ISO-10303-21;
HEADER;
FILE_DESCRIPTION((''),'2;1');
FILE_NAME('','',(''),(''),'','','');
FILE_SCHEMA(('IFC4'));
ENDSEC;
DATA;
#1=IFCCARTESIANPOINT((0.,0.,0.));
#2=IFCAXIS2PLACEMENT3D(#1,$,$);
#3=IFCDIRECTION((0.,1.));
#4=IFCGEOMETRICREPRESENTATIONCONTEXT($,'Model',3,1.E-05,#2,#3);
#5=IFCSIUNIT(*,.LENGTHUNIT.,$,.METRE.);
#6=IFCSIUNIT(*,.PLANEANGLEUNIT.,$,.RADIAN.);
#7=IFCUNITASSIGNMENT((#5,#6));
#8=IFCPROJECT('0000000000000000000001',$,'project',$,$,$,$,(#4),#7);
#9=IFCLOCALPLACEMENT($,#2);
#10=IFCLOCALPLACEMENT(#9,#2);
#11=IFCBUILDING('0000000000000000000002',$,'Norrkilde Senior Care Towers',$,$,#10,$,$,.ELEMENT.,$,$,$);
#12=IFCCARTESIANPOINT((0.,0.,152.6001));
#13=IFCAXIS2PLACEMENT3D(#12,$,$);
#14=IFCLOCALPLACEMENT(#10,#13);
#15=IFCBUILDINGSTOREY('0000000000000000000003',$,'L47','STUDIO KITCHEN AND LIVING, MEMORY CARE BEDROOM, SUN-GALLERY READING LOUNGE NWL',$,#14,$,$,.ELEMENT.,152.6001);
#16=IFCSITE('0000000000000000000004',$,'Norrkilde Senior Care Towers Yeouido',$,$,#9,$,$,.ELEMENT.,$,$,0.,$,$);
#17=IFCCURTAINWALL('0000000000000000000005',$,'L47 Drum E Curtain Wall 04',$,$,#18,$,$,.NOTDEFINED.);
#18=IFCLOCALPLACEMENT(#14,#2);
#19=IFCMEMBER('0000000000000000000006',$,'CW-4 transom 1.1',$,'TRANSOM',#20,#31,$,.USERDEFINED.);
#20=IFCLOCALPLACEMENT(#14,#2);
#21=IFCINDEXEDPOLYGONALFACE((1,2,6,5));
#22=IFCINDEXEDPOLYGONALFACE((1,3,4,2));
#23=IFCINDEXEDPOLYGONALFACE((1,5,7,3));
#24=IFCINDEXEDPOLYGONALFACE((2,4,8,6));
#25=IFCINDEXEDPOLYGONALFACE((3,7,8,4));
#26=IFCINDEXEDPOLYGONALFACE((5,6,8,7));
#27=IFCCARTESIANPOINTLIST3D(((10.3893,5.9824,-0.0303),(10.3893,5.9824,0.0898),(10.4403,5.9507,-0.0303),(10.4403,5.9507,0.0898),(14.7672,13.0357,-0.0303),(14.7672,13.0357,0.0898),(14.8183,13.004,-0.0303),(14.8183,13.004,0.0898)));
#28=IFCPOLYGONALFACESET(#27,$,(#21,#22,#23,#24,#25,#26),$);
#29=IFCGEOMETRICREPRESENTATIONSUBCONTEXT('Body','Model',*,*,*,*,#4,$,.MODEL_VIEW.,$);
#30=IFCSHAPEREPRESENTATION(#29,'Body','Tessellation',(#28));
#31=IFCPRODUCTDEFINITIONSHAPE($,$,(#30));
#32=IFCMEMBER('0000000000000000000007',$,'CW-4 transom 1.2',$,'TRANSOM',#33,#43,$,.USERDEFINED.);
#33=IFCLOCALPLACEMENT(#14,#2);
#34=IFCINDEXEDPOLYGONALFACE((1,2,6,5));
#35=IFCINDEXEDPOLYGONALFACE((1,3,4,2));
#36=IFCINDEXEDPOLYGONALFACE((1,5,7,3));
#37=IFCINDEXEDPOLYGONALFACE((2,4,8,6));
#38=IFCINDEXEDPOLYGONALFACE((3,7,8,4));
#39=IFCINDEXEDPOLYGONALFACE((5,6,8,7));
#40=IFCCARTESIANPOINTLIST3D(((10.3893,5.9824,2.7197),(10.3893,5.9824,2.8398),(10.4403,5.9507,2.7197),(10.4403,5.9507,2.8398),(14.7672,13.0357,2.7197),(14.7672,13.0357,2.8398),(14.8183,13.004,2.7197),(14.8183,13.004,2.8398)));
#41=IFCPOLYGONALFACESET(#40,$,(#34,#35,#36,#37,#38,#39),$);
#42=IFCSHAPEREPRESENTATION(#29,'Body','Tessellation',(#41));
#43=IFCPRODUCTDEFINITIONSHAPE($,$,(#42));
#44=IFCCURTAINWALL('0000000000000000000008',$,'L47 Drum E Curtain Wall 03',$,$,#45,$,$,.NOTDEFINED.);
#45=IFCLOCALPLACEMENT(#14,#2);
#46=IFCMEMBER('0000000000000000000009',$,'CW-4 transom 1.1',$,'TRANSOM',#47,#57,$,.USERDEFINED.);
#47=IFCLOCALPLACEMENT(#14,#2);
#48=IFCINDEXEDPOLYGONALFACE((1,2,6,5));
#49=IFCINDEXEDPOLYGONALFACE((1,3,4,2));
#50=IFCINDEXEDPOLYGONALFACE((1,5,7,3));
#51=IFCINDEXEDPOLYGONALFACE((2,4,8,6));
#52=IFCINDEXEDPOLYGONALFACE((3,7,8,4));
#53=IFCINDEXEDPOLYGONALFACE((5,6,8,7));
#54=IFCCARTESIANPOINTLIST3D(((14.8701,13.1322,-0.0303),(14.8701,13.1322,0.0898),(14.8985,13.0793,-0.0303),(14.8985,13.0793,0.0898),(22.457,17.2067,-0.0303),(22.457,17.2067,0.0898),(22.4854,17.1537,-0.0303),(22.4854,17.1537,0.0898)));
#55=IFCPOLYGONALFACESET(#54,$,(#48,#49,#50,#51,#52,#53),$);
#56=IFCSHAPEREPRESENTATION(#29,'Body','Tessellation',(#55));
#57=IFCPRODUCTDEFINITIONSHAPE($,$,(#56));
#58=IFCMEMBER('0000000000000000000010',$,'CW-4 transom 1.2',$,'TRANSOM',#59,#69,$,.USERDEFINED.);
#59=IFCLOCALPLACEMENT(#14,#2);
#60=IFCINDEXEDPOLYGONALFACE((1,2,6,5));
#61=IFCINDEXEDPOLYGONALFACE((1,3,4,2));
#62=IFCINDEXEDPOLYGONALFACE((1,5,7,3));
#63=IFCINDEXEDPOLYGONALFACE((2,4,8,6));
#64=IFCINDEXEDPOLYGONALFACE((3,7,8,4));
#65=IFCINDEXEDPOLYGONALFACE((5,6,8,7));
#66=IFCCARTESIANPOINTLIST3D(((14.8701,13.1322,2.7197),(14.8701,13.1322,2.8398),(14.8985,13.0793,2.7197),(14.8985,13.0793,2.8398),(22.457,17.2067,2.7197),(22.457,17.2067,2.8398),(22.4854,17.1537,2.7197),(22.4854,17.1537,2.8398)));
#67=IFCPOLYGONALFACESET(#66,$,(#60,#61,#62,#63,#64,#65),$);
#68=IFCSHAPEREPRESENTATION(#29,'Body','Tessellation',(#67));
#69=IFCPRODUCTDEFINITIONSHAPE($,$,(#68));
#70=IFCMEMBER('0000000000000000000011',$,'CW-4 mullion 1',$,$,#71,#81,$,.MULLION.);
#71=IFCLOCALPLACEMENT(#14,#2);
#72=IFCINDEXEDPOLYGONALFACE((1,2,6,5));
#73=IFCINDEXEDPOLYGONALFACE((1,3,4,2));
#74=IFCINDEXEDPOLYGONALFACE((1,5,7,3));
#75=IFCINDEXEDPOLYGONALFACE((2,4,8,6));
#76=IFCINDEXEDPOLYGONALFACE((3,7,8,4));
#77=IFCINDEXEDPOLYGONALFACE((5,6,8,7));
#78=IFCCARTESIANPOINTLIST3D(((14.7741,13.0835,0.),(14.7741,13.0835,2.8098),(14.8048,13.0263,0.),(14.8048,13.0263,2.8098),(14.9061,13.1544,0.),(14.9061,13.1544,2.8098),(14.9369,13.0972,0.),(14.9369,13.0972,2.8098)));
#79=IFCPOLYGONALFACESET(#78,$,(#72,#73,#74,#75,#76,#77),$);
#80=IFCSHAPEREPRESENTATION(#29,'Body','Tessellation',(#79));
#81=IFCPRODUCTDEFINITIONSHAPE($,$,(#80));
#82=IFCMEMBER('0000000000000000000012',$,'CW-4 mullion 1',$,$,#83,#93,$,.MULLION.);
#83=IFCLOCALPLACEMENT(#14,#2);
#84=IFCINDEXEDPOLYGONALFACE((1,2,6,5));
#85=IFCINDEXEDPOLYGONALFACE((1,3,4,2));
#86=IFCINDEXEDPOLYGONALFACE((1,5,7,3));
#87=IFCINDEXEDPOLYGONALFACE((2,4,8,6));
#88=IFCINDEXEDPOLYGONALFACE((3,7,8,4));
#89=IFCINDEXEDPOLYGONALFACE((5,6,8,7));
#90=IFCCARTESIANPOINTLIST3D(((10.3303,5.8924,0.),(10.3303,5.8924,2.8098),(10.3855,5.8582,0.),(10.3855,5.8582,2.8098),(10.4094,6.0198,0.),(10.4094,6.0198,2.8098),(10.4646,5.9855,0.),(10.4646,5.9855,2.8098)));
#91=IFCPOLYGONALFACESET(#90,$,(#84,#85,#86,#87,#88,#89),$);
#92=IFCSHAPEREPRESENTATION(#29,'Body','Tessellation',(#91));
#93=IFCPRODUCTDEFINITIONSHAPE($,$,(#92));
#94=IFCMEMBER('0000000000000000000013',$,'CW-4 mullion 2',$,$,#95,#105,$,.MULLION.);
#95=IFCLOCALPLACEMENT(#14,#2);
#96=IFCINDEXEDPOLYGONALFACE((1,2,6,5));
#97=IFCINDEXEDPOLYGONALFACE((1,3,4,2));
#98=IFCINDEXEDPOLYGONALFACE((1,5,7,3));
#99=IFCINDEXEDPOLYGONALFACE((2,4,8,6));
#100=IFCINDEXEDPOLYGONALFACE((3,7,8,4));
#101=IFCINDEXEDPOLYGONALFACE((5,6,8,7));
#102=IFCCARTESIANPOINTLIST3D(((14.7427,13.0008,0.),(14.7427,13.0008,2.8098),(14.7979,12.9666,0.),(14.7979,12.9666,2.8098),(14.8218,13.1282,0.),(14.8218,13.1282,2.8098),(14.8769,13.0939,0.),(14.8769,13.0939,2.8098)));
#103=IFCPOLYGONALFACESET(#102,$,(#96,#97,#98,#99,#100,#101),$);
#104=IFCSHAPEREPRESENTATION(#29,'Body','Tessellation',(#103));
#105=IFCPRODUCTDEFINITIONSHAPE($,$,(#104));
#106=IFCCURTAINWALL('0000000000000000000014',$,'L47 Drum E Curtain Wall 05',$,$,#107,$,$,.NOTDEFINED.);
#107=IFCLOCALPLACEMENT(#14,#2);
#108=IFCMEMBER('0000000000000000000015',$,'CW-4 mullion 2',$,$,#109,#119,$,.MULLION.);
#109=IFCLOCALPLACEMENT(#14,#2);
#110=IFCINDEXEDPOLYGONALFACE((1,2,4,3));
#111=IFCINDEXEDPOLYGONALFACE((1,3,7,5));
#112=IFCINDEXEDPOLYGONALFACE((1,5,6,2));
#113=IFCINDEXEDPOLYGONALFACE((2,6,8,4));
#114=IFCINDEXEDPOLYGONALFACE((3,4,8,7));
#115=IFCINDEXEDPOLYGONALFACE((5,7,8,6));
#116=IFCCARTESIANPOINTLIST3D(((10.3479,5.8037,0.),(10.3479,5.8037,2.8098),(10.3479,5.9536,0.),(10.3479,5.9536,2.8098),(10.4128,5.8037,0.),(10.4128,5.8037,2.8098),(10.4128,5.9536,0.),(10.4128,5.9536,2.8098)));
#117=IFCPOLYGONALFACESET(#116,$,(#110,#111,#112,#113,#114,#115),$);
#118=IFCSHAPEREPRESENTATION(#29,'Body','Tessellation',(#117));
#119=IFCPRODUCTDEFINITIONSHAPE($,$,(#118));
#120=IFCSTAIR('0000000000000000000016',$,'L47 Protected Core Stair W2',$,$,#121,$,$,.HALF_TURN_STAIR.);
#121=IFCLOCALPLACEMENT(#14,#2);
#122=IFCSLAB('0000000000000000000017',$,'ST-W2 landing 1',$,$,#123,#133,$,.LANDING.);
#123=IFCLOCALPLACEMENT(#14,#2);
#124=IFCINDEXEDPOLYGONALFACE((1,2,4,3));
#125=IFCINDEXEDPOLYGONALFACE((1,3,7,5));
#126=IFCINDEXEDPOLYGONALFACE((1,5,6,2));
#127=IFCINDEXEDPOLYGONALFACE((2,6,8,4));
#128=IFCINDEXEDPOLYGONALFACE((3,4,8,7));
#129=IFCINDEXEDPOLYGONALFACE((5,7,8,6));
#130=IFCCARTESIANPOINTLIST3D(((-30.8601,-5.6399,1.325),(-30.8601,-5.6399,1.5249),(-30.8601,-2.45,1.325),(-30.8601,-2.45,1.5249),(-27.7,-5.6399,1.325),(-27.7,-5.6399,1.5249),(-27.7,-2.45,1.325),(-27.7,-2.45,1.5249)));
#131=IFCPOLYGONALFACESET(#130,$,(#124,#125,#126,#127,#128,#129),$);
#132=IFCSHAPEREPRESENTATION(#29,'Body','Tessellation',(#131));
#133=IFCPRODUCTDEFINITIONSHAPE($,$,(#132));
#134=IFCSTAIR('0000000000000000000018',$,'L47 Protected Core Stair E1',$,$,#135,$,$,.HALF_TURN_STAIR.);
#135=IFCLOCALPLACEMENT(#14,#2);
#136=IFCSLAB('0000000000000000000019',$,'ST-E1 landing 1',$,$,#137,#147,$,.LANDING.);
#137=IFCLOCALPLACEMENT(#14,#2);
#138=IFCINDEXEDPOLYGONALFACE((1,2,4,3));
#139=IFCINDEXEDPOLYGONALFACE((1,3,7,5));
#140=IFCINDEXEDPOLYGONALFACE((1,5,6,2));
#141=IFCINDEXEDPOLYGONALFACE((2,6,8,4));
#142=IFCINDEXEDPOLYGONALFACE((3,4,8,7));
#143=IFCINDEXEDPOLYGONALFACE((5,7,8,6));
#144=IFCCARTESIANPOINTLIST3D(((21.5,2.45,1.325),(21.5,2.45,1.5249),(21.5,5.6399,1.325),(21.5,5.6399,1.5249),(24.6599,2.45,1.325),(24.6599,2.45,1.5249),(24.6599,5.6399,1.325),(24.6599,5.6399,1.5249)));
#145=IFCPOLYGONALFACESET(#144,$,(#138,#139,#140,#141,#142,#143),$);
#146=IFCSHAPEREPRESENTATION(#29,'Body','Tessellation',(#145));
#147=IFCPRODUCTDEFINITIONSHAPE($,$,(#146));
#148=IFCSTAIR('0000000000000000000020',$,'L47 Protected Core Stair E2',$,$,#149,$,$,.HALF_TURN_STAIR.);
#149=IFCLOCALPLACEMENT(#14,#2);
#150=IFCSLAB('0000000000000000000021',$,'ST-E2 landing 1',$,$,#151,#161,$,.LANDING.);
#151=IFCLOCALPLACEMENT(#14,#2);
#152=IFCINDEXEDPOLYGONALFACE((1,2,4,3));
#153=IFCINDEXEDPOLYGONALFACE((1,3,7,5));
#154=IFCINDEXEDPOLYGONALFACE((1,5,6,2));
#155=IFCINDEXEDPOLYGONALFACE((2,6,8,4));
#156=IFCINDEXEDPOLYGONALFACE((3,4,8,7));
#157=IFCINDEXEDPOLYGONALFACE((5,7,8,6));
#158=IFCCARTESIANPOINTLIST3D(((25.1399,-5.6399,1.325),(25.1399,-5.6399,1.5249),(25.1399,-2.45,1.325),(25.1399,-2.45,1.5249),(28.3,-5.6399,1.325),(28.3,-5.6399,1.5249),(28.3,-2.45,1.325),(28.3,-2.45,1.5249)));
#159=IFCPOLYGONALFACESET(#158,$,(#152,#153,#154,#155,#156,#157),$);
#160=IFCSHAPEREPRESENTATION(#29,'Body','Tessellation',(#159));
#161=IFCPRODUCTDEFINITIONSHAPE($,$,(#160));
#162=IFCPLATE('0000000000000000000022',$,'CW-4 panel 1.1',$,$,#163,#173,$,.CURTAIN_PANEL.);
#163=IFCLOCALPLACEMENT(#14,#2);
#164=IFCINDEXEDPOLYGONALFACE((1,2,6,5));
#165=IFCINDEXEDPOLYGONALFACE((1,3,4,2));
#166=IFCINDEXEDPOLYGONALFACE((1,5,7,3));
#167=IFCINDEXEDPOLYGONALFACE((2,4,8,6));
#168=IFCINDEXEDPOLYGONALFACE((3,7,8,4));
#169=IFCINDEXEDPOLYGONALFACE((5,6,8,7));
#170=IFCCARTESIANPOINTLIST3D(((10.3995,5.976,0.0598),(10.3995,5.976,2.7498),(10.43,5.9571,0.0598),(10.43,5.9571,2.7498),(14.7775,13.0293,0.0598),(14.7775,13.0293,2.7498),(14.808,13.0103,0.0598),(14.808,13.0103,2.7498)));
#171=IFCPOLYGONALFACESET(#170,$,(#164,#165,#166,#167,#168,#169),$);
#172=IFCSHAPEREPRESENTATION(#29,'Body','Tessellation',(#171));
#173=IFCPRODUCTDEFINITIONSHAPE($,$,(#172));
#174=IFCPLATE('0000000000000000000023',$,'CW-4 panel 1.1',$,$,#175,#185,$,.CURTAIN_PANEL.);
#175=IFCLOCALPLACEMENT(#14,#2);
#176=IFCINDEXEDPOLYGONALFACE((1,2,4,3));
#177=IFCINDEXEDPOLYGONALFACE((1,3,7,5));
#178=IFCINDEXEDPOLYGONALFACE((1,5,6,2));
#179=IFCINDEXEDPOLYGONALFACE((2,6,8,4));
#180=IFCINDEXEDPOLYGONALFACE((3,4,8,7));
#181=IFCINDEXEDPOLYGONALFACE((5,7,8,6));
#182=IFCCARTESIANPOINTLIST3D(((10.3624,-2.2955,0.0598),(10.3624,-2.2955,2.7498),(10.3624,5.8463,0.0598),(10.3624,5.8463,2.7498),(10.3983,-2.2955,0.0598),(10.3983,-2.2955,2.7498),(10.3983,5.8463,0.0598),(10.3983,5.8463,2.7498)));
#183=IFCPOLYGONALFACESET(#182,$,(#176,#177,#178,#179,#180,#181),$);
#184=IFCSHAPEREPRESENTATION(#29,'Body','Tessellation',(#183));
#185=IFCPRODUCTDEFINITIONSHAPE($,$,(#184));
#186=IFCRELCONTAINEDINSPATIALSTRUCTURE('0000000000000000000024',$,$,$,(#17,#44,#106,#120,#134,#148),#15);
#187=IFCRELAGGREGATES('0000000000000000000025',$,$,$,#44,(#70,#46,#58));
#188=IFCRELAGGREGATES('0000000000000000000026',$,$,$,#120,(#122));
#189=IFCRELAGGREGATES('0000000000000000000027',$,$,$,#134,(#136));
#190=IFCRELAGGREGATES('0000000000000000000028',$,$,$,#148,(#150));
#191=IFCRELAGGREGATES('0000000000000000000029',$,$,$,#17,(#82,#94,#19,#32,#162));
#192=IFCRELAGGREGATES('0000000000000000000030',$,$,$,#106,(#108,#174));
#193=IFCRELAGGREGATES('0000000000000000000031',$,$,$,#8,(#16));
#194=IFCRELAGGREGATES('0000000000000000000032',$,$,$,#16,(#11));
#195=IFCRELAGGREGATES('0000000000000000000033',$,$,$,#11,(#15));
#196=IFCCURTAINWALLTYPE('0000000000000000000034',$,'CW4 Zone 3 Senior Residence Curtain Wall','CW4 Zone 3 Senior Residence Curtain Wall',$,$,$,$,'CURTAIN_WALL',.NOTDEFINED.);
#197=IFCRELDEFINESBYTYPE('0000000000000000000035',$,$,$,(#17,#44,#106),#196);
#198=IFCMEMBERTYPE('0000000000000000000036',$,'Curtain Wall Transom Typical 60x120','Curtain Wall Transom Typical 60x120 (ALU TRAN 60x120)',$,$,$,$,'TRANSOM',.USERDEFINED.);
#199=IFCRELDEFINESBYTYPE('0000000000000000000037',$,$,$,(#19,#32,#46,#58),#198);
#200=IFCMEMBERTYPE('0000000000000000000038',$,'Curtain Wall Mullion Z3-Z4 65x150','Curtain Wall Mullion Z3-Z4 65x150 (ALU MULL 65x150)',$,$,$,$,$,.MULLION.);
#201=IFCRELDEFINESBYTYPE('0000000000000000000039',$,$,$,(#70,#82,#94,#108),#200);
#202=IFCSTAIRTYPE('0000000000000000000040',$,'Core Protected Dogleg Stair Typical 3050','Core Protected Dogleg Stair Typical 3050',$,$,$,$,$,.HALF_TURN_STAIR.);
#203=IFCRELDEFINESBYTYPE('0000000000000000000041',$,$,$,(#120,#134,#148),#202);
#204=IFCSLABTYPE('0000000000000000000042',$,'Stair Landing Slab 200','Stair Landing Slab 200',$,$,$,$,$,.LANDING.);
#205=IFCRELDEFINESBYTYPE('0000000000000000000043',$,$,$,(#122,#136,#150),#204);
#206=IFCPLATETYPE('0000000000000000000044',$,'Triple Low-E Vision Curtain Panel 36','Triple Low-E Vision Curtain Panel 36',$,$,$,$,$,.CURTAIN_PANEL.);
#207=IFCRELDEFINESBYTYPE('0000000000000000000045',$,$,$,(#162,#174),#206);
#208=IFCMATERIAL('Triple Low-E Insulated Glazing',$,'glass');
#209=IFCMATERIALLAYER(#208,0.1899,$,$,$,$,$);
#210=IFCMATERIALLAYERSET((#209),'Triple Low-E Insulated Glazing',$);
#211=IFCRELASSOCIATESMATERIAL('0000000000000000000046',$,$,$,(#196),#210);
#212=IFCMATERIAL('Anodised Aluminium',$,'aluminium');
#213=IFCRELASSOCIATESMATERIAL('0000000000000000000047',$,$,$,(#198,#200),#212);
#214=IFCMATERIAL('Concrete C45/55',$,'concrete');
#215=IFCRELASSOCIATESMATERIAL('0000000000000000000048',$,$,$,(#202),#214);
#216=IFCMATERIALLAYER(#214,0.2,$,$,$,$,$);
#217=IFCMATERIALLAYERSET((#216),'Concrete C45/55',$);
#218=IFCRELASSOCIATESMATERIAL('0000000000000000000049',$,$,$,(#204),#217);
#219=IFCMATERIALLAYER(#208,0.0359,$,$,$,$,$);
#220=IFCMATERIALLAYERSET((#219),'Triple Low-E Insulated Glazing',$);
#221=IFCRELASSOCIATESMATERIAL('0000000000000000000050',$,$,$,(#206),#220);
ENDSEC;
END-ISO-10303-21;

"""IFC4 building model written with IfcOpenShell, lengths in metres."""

from ifc_helpers import new_model, si_unit, direction, frame, origin, origin_2d, place, context, subcontext, project, spatial, polyline, rectangle, outline, extrude, source, transform, mapped, material, layer, layer_set, material_profile, profile_set, type_object, type_shapes, element, aggregate, save


model = new_model("IFC4")

# Units and contexts
model_context = context("Model", 3, precision=1e-05, world=origin(), true_north=direction((0.0, 1.0)))
body_context = subcontext(model_context, "Body", "Model", "MODEL_VIEW")
ifc_project = project(units=[si_unit("LENGTHUNIT", "METRE"), si_unit("PLANEANGLEUNIT", "RADIAN")], contexts=[model_context])

# Site, building, storey
site_placement = place(None, origin())
site = spatial("IfcSite", under=ifc_project, at=site_placement, Name="Norrkilde Senior Care Towers Yeouido", CompositionType="ELEMENT", RefElevation=0.0)
building_placement = place(site_placement, origin())
building = spatial("IfcBuilding", under=site, at=building_placement, Name="Norrkilde Senior Care Towers", CompositionType="ELEMENT")
storey_placement = place(building_placement, frame((0.0, 0.0, 152.6001)))
storey = spatial("IfcBuildingStorey", under=building, at=storey_placement, Name="L47", Description="STUDIO KITCHEN AND LIVING, MEMORY CARE BEDROOM, SUN-GALLERY READING LOUNGE NWL", CompositionType="ELEMENT", Elevation=152.6001)

# Curtain walls, members
ifc_material_1 = material(Name="Triple Low-E Insulated Glazing", Category="glass")
ifc_layer_1 = layer(ifc_material_1, 0.1899)
ifc_layer_set_1 = layer_set([ifc_layer_1], Name="Triple Low-E Insulated Glazing")
curtain_wall_type = type_object("IfcCurtainWallType", Name="CW4 Zone 3 Senior Residence Curtain Wall", Description="CW4 Zone 3 Senior Residence Curtain Wall", ElementType="CURTAIN_WALL", PredefinedType="NOTDEFINED", material=ifc_layer_set_1)
curtain_wall_1_placement = place(storey_placement, origin())
curtain_wall_1 = element("IfcCurtainWall", 1, at=curtain_wall_1_placement, inside=storey, type_object=curtain_wall_type, Name="L47 Drum E Curtain Wall 04", PredefinedType="NOTDEFINED")
ifc_material_2 = material(Name="Anodised Aluminium", Category="aluminium")
ifc_material_profile_1 = material_profile(ifc_material_2, rectangle(XDim=0.0601, YDim=0.1201, at=origin_2d()), Name="ALU TRAN 60x120")
ifc_profile_set_1 = profile_set([ifc_material_profile_1], Name="Anodised Aluminium")
member_type_1 = type_object("IfcMemberType", Name="Curtain Wall Transom Typical 60x120", Description="Curtain Wall Transom Typical 60x120 (ALU TRAN 60x120)", ElementType="TRANSOM", PredefinedType="USERDEFINED", material=ifc_profile_set_1)
shared_shape_1 = source(origin(), body_context, "Body", "SweptSolid", [
    extrude(rectangle(XDim=0.0601, YDim=0.1201, at=origin_2d()), origin(), (0.0, 0.0, 1.0), 8.3015),
])
member_1_placement = place(storey_placement, frame((10.4148, 5.9666, 0.0298), z_axis=(0.527369, 0.849637, 0.0), x_axis=(-0.849637, 0.527369, 0.0)))
member_1 = element("IfcMember", 2, at=member_1_placement, type_object=member_type_1, Name="CW-4 transom 1.1", ObjectType="TRANSOM", PredefinedType="USERDEFINED", context=body_context, shape_type="MappedRepresentation", body=[
    mapped(shared_shape_1, transform((0.0, 0.0, 0.0), x_axis=(1.0, 0.0, 0.0), y_axis=(0.0, 1.0, 0.0), z_axis=(0.0, 0.0, 1.0), scale=1.0)),
])
member_2_placement = place(storey_placement, frame((10.4148, 5.9666, 2.7798), z_axis=(0.527369, 0.849637, 0.0), x_axis=(-0.849637, 0.527369, 0.0)))
member_2 = element("IfcMember", 3, at=member_2_placement, type_object=member_type_1, Name="CW-4 transom 1.2", ObjectType="TRANSOM", PredefinedType="USERDEFINED", context=body_context, shape_type="MappedRepresentation", body=[
    mapped(shared_shape_1, transform((0.0, 0.0, 0.0), x_axis=(1.0, 0.0, 0.0), y_axis=(0.0, 1.0, 0.0), z_axis=(0.0, 0.0, 1.0), scale=1.0)),
])
curtain_wall_2_placement = place(storey_placement, origin())
curtain_wall_2 = element("IfcCurtainWall", 4, at=curtain_wall_2_placement, inside=storey, type_object=curtain_wall_type, Name="L47 Drum E Curtain Wall 03", PredefinedType="NOTDEFINED")
shared_shape_2 = source(origin(), body_context, "Body", "SweptSolid", [
    extrude(rectangle(XDim=0.0601, YDim=0.1201, at=origin_2d()), origin(), (0.0, 0.0, 1.0), 8.6118),
])
type_shapes(member_type_1, [shared_shape_1, shared_shape_2])
member_3_placement = place(storey_placement, frame((14.8843, 13.1057, 0.0298), z_axis=(0.880994, 0.473127, 0.0), x_axis=(-0.473127, 0.880994, 0.0)))
member_3 = element("IfcMember", 5, at=member_3_placement, type_object=member_type_1, Name="CW-4 transom 1.1", ObjectType="TRANSOM", PredefinedType="USERDEFINED", context=body_context, shape_type="MappedRepresentation", body=[
    mapped(shared_shape_2, transform((0.0, 0.0, 0.0), x_axis=(1.0, 0.0, 0.0), y_axis=(0.0, 1.0, 0.0), z_axis=(0.0, 0.0, 1.0), scale=1.0)),
])
member_4_placement = place(storey_placement, frame((14.8843, 13.1057, 2.7798), z_axis=(0.880994, 0.473127, 0.0), x_axis=(-0.473127, 0.880994, 0.0)))
member_4 = element("IfcMember", 6, at=member_4_placement, type_object=member_type_1, Name="CW-4 transom 1.2", ObjectType="TRANSOM", PredefinedType="USERDEFINED", context=body_context, shape_type="MappedRepresentation", body=[
    mapped(shared_shape_2, transform((0.0, 0.0, 0.0), x_axis=(1.0, 0.0, 0.0), y_axis=(0.0, 1.0, 0.0), z_axis=(0.0, 0.0, 1.0), scale=1.0)),
])
ifc_material_profile_2 = material_profile(ifc_material_2, rectangle(XDim=0.0649, YDim=0.1499, at=origin_2d()), Name="ALU MULL 65x150")
ifc_profile_set_2 = profile_set([ifc_material_profile_2], Name="Anodised Aluminium")
member_type_2 = type_object("IfcMemberType", Name="Curtain Wall Mullion Z3-Z4 65x150", Description="Curtain Wall Mullion Z3-Z4 65x150 (ALU MULL 65x150)", PredefinedType="MULLION", material=ifc_profile_set_2)
shared_shape_3 = source(origin(), body_context, "Body", "SweptSolid", [
    extrude(rectangle(XDim=0.0649, YDim=0.1499, at=origin_2d()), origin(), (0.0, 0.0, 1.0), 2.8098),
])
type_shapes(member_type_2, [shared_shape_3])
member_5_placement = place(storey_placement, frame((14.8555, 13.0903, 0.0), z_axis=(0.0, 0.0, 1.0), x_axis=(-0.473117, 0.881, 0.0)))
member_5 = element("IfcMember", 7, at=member_5_placement, type_object=member_type_2, Name="CW-4 mullion 1", PredefinedType="MULLION", context=body_context, shape_type="MappedRepresentation", body=[
    mapped(shared_shape_3, transform((0.0, 0.0, 0.0), x_axis=(1.0, 0.0, 0.0), y_axis=(0.0, 1.0, 0.0), z_axis=(0.0, 0.0, 1.0), scale=1.0)),
])
aggregate(curtain_wall_2, [member_5, member_3, member_4])

# Members
member_6_placement = place(storey_placement, frame((10.3975, 5.939, 0.0), z_axis=(0.0, 0.0, 1.0), x_axis=(-0.849634, 0.527373, 0.0)))
member_6 = element("IfcMember", 8, at=member_6_placement, type_object=member_type_2, Name="CW-4 mullion 1", PredefinedType="MULLION", context=body_context, shape_type="MappedRepresentation", body=[
    mapped(shared_shape_3, transform((0.0, 0.0, 0.0), x_axis=(1.0, 0.0, 0.0), y_axis=(0.0, 1.0, 0.0), z_axis=(0.0, 0.0, 1.0), scale=1.0)),
])
member_7_placement = place(storey_placement, frame((14.8098, 13.0474, 0.0), z_axis=(0.0, 0.0, 1.0), x_axis=(-0.849634, 0.527373, 0.0)))
member_7 = element("IfcMember", 9, at=member_7_placement, type_object=member_type_2, Name="CW-4 mullion 2", PredefinedType="MULLION", context=body_context, shape_type="MappedRepresentation", body=[
    mapped(shared_shape_3, transform((0.0, 0.0, 0.0), x_axis=(1.0, 0.0, 0.0), y_axis=(0.0, 1.0, 0.0), z_axis=(0.0, 0.0, 1.0), scale=1.0)),
])

# Curtain wall, member
curtain_wall_3_placement = place(storey_placement, origin())
curtain_wall_3 = element("IfcCurtainWall", 10, at=curtain_wall_3_placement, inside=storey, type_object=curtain_wall_type, Name="L47 Drum E Curtain Wall 05", PredefinedType="NOTDEFINED")
member_8_placement = place(storey_placement, frame((10.3804, 5.8787, 0.0), z_axis=(0.0, 0.0, 1.0), x_axis=(-1.0, 0.0, 0.0)))
member_8 = element("IfcMember", 11, at=member_8_placement, type_object=member_type_2, Name="CW-4 mullion 2", PredefinedType="MULLION", context=body_context, shape_type="MappedRepresentation", body=[
    mapped(shared_shape_3, transform((0.0, 0.0, 0.0), x_axis=(1.0, 0.0, 0.0), y_axis=(0.0, 1.0, 0.0), z_axis=(0.0, 0.0, 1.0), scale=1.0)),
])

# Stairs, slabs
ifc_material_3 = material(Name="Concrete C45/55", Category="concrete")
stair_type = type_object("IfcStairType", Name="Core Protected Dogleg Stair Typical 3050", Description="Core Protected Dogleg Stair Typical 3050", PredefinedType="HALF_TURN_STAIR", material=ifc_material_3)
stair_1_placement = place(storey_placement, origin())
stair_1 = element("IfcStair", 12, at=stair_1_placement, inside=storey, type_object=stair_type, Name="L47 Protected Core Stair W2", PredefinedType="HALF_TURN_STAIR")
ifc_layer_2 = layer(ifc_material_3, 0.2)
ifc_layer_set_2 = layer_set([ifc_layer_2], Name="Concrete C45/55")
slab_type = type_object("IfcSlabType", Name="Stair Landing Slab 200", Description="Stair Landing Slab 200", PredefinedType="LANDING", material=ifc_layer_set_2)
slab_1_placement = place(storey_placement, frame((0.0, 0.0, 1.325)))
slab_1 = element("IfcSlab", 13, at=slab_1_placement, type_object=slab_type, Name="ST-W2 landing 1", PredefinedType="LANDING", context=body_context, shape_type="SweptSolid", body=[
    extrude(outline(polyline([(-30.8601, -5.6399), (-27.7, -5.6399), (-27.7, -2.45), (-30.8601, -2.45), (-30.8601, -5.6399)])), origin(), (0.0, 0.0, 1.0), 0.2),
])
aggregate(stair_1, [slab_1])
stair_2_placement = place(storey_placement, origin())
stair_2 = element("IfcStair", 14, at=stair_2_placement, inside=storey, type_object=stair_type, Name="L47 Protected Core Stair E1", PredefinedType="HALF_TURN_STAIR")
slab_2_placement = place(storey_placement, frame((0.0, 0.0, 1.325)))
slab_2 = element("IfcSlab", 15, at=slab_2_placement, type_object=slab_type, Name="ST-E1 landing 1", PredefinedType="LANDING", context=body_context, shape_type="SweptSolid", body=[
    extrude(outline(polyline([(24.6599, 5.6399), (21.5, 5.6399), (21.5, 2.45), (24.6599, 2.45), (24.6599, 5.6399)])), origin(), (0.0, 0.0, 1.0), 0.2),
])
aggregate(stair_2, [slab_2])
stair_3_placement = place(storey_placement, origin())
stair_3 = element("IfcStair", 16, at=stair_3_placement, inside=storey, type_object=stair_type, Name="L47 Protected Core Stair E2", PredefinedType="HALF_TURN_STAIR")
slab_3_placement = place(storey_placement, frame((0.0, 0.0, 1.325)))
slab_3 = element("IfcSlab", 17, at=slab_3_placement, type_object=slab_type, Name="ST-E2 landing 1", PredefinedType="LANDING", context=body_context, shape_type="SweptSolid", body=[
    extrude(outline(polyline([(25.1399, -5.6399), (28.3, -5.6399), (28.3, -2.45), (25.1399, -2.45), (25.1399, -5.6399)])), origin(), (0.0, 0.0, 1.0), 0.2),
])
aggregate(stair_3, [slab_3])

# Plates
ifc_layer_3 = layer(ifc_material_1, 0.0359)
ifc_layer_set_3 = layer_set([ifc_layer_3], Name="Triple Low-E Insulated Glazing")
plate_type = type_object("IfcPlateType", Name="Triple Low-E Vision Curtain Panel 36", Description="Triple Low-E Vision Curtain Panel 36", PredefinedType="CURTAIN_PANEL", material=ifc_layer_set_3)
shared_shape_4 = source(origin(), body_context, "Body", "SweptSolid", [
    extrude(rectangle(XDim=8.3015, YDim=0.0359, at=origin_2d()), origin(), (0.0, 0.0, 1.0), 2.6899),
])
plate_1_placement = place(storey_placement, frame((12.6038, 9.4932, 0.0598), z_axis=(0.0, 0.0, 1.0), x_axis=(0.527373, 0.849634, 0.0)))
plate_1 = element("IfcPlate", 18, at=plate_1_placement, type_object=plate_type, Name="CW-4 panel 1.1", PredefinedType="CURTAIN_PANEL", context=body_context, shape_type="MappedRepresentation", body=[
    mapped(shared_shape_4, transform((0.0, 0.0, 0.0), x_axis=(1.0, 0.0, 0.0), y_axis=(0.0, 1.0, 0.0), z_axis=(0.0, 0.0, 1.0), scale=1.0)),
])
aggregate(curtain_wall_1, [member_6, member_7, member_1, member_2, plate_1])
shared_shape_5 = source(origin(), body_context, "Body", "SweptSolid", [
    extrude(rectangle(XDim=8.1418, YDim=0.0359, at=origin_2d()), origin(), (0.0, 0.0, 1.0), 2.6899),
])
type_shapes(plate_type, [shared_shape_4, shared_shape_5])
plate_2_placement = place(storey_placement, frame((10.3804, 1.7754, 0.0598), z_axis=(0.0, 0.0, 1.0), x_axis=(0.0, 1.0, 0.0)))
plate_2 = element("IfcPlate", 19, at=plate_2_placement, type_object=plate_type, Name="CW-4 panel 1.1", PredefinedType="CURTAIN_PANEL", context=body_context, shape_type="MappedRepresentation", body=[
    mapped(shared_shape_5, transform((0.0, 0.0, 0.0), x_axis=(1.0, 0.0, 0.0), y_axis=(0.0, 1.0, 0.0), z_axis=(0.0, 0.0, 1.0), scale=1.0)),
])
aggregate(curtain_wall_3, [member_8, plate_2])

save(model, "model.ifc")
